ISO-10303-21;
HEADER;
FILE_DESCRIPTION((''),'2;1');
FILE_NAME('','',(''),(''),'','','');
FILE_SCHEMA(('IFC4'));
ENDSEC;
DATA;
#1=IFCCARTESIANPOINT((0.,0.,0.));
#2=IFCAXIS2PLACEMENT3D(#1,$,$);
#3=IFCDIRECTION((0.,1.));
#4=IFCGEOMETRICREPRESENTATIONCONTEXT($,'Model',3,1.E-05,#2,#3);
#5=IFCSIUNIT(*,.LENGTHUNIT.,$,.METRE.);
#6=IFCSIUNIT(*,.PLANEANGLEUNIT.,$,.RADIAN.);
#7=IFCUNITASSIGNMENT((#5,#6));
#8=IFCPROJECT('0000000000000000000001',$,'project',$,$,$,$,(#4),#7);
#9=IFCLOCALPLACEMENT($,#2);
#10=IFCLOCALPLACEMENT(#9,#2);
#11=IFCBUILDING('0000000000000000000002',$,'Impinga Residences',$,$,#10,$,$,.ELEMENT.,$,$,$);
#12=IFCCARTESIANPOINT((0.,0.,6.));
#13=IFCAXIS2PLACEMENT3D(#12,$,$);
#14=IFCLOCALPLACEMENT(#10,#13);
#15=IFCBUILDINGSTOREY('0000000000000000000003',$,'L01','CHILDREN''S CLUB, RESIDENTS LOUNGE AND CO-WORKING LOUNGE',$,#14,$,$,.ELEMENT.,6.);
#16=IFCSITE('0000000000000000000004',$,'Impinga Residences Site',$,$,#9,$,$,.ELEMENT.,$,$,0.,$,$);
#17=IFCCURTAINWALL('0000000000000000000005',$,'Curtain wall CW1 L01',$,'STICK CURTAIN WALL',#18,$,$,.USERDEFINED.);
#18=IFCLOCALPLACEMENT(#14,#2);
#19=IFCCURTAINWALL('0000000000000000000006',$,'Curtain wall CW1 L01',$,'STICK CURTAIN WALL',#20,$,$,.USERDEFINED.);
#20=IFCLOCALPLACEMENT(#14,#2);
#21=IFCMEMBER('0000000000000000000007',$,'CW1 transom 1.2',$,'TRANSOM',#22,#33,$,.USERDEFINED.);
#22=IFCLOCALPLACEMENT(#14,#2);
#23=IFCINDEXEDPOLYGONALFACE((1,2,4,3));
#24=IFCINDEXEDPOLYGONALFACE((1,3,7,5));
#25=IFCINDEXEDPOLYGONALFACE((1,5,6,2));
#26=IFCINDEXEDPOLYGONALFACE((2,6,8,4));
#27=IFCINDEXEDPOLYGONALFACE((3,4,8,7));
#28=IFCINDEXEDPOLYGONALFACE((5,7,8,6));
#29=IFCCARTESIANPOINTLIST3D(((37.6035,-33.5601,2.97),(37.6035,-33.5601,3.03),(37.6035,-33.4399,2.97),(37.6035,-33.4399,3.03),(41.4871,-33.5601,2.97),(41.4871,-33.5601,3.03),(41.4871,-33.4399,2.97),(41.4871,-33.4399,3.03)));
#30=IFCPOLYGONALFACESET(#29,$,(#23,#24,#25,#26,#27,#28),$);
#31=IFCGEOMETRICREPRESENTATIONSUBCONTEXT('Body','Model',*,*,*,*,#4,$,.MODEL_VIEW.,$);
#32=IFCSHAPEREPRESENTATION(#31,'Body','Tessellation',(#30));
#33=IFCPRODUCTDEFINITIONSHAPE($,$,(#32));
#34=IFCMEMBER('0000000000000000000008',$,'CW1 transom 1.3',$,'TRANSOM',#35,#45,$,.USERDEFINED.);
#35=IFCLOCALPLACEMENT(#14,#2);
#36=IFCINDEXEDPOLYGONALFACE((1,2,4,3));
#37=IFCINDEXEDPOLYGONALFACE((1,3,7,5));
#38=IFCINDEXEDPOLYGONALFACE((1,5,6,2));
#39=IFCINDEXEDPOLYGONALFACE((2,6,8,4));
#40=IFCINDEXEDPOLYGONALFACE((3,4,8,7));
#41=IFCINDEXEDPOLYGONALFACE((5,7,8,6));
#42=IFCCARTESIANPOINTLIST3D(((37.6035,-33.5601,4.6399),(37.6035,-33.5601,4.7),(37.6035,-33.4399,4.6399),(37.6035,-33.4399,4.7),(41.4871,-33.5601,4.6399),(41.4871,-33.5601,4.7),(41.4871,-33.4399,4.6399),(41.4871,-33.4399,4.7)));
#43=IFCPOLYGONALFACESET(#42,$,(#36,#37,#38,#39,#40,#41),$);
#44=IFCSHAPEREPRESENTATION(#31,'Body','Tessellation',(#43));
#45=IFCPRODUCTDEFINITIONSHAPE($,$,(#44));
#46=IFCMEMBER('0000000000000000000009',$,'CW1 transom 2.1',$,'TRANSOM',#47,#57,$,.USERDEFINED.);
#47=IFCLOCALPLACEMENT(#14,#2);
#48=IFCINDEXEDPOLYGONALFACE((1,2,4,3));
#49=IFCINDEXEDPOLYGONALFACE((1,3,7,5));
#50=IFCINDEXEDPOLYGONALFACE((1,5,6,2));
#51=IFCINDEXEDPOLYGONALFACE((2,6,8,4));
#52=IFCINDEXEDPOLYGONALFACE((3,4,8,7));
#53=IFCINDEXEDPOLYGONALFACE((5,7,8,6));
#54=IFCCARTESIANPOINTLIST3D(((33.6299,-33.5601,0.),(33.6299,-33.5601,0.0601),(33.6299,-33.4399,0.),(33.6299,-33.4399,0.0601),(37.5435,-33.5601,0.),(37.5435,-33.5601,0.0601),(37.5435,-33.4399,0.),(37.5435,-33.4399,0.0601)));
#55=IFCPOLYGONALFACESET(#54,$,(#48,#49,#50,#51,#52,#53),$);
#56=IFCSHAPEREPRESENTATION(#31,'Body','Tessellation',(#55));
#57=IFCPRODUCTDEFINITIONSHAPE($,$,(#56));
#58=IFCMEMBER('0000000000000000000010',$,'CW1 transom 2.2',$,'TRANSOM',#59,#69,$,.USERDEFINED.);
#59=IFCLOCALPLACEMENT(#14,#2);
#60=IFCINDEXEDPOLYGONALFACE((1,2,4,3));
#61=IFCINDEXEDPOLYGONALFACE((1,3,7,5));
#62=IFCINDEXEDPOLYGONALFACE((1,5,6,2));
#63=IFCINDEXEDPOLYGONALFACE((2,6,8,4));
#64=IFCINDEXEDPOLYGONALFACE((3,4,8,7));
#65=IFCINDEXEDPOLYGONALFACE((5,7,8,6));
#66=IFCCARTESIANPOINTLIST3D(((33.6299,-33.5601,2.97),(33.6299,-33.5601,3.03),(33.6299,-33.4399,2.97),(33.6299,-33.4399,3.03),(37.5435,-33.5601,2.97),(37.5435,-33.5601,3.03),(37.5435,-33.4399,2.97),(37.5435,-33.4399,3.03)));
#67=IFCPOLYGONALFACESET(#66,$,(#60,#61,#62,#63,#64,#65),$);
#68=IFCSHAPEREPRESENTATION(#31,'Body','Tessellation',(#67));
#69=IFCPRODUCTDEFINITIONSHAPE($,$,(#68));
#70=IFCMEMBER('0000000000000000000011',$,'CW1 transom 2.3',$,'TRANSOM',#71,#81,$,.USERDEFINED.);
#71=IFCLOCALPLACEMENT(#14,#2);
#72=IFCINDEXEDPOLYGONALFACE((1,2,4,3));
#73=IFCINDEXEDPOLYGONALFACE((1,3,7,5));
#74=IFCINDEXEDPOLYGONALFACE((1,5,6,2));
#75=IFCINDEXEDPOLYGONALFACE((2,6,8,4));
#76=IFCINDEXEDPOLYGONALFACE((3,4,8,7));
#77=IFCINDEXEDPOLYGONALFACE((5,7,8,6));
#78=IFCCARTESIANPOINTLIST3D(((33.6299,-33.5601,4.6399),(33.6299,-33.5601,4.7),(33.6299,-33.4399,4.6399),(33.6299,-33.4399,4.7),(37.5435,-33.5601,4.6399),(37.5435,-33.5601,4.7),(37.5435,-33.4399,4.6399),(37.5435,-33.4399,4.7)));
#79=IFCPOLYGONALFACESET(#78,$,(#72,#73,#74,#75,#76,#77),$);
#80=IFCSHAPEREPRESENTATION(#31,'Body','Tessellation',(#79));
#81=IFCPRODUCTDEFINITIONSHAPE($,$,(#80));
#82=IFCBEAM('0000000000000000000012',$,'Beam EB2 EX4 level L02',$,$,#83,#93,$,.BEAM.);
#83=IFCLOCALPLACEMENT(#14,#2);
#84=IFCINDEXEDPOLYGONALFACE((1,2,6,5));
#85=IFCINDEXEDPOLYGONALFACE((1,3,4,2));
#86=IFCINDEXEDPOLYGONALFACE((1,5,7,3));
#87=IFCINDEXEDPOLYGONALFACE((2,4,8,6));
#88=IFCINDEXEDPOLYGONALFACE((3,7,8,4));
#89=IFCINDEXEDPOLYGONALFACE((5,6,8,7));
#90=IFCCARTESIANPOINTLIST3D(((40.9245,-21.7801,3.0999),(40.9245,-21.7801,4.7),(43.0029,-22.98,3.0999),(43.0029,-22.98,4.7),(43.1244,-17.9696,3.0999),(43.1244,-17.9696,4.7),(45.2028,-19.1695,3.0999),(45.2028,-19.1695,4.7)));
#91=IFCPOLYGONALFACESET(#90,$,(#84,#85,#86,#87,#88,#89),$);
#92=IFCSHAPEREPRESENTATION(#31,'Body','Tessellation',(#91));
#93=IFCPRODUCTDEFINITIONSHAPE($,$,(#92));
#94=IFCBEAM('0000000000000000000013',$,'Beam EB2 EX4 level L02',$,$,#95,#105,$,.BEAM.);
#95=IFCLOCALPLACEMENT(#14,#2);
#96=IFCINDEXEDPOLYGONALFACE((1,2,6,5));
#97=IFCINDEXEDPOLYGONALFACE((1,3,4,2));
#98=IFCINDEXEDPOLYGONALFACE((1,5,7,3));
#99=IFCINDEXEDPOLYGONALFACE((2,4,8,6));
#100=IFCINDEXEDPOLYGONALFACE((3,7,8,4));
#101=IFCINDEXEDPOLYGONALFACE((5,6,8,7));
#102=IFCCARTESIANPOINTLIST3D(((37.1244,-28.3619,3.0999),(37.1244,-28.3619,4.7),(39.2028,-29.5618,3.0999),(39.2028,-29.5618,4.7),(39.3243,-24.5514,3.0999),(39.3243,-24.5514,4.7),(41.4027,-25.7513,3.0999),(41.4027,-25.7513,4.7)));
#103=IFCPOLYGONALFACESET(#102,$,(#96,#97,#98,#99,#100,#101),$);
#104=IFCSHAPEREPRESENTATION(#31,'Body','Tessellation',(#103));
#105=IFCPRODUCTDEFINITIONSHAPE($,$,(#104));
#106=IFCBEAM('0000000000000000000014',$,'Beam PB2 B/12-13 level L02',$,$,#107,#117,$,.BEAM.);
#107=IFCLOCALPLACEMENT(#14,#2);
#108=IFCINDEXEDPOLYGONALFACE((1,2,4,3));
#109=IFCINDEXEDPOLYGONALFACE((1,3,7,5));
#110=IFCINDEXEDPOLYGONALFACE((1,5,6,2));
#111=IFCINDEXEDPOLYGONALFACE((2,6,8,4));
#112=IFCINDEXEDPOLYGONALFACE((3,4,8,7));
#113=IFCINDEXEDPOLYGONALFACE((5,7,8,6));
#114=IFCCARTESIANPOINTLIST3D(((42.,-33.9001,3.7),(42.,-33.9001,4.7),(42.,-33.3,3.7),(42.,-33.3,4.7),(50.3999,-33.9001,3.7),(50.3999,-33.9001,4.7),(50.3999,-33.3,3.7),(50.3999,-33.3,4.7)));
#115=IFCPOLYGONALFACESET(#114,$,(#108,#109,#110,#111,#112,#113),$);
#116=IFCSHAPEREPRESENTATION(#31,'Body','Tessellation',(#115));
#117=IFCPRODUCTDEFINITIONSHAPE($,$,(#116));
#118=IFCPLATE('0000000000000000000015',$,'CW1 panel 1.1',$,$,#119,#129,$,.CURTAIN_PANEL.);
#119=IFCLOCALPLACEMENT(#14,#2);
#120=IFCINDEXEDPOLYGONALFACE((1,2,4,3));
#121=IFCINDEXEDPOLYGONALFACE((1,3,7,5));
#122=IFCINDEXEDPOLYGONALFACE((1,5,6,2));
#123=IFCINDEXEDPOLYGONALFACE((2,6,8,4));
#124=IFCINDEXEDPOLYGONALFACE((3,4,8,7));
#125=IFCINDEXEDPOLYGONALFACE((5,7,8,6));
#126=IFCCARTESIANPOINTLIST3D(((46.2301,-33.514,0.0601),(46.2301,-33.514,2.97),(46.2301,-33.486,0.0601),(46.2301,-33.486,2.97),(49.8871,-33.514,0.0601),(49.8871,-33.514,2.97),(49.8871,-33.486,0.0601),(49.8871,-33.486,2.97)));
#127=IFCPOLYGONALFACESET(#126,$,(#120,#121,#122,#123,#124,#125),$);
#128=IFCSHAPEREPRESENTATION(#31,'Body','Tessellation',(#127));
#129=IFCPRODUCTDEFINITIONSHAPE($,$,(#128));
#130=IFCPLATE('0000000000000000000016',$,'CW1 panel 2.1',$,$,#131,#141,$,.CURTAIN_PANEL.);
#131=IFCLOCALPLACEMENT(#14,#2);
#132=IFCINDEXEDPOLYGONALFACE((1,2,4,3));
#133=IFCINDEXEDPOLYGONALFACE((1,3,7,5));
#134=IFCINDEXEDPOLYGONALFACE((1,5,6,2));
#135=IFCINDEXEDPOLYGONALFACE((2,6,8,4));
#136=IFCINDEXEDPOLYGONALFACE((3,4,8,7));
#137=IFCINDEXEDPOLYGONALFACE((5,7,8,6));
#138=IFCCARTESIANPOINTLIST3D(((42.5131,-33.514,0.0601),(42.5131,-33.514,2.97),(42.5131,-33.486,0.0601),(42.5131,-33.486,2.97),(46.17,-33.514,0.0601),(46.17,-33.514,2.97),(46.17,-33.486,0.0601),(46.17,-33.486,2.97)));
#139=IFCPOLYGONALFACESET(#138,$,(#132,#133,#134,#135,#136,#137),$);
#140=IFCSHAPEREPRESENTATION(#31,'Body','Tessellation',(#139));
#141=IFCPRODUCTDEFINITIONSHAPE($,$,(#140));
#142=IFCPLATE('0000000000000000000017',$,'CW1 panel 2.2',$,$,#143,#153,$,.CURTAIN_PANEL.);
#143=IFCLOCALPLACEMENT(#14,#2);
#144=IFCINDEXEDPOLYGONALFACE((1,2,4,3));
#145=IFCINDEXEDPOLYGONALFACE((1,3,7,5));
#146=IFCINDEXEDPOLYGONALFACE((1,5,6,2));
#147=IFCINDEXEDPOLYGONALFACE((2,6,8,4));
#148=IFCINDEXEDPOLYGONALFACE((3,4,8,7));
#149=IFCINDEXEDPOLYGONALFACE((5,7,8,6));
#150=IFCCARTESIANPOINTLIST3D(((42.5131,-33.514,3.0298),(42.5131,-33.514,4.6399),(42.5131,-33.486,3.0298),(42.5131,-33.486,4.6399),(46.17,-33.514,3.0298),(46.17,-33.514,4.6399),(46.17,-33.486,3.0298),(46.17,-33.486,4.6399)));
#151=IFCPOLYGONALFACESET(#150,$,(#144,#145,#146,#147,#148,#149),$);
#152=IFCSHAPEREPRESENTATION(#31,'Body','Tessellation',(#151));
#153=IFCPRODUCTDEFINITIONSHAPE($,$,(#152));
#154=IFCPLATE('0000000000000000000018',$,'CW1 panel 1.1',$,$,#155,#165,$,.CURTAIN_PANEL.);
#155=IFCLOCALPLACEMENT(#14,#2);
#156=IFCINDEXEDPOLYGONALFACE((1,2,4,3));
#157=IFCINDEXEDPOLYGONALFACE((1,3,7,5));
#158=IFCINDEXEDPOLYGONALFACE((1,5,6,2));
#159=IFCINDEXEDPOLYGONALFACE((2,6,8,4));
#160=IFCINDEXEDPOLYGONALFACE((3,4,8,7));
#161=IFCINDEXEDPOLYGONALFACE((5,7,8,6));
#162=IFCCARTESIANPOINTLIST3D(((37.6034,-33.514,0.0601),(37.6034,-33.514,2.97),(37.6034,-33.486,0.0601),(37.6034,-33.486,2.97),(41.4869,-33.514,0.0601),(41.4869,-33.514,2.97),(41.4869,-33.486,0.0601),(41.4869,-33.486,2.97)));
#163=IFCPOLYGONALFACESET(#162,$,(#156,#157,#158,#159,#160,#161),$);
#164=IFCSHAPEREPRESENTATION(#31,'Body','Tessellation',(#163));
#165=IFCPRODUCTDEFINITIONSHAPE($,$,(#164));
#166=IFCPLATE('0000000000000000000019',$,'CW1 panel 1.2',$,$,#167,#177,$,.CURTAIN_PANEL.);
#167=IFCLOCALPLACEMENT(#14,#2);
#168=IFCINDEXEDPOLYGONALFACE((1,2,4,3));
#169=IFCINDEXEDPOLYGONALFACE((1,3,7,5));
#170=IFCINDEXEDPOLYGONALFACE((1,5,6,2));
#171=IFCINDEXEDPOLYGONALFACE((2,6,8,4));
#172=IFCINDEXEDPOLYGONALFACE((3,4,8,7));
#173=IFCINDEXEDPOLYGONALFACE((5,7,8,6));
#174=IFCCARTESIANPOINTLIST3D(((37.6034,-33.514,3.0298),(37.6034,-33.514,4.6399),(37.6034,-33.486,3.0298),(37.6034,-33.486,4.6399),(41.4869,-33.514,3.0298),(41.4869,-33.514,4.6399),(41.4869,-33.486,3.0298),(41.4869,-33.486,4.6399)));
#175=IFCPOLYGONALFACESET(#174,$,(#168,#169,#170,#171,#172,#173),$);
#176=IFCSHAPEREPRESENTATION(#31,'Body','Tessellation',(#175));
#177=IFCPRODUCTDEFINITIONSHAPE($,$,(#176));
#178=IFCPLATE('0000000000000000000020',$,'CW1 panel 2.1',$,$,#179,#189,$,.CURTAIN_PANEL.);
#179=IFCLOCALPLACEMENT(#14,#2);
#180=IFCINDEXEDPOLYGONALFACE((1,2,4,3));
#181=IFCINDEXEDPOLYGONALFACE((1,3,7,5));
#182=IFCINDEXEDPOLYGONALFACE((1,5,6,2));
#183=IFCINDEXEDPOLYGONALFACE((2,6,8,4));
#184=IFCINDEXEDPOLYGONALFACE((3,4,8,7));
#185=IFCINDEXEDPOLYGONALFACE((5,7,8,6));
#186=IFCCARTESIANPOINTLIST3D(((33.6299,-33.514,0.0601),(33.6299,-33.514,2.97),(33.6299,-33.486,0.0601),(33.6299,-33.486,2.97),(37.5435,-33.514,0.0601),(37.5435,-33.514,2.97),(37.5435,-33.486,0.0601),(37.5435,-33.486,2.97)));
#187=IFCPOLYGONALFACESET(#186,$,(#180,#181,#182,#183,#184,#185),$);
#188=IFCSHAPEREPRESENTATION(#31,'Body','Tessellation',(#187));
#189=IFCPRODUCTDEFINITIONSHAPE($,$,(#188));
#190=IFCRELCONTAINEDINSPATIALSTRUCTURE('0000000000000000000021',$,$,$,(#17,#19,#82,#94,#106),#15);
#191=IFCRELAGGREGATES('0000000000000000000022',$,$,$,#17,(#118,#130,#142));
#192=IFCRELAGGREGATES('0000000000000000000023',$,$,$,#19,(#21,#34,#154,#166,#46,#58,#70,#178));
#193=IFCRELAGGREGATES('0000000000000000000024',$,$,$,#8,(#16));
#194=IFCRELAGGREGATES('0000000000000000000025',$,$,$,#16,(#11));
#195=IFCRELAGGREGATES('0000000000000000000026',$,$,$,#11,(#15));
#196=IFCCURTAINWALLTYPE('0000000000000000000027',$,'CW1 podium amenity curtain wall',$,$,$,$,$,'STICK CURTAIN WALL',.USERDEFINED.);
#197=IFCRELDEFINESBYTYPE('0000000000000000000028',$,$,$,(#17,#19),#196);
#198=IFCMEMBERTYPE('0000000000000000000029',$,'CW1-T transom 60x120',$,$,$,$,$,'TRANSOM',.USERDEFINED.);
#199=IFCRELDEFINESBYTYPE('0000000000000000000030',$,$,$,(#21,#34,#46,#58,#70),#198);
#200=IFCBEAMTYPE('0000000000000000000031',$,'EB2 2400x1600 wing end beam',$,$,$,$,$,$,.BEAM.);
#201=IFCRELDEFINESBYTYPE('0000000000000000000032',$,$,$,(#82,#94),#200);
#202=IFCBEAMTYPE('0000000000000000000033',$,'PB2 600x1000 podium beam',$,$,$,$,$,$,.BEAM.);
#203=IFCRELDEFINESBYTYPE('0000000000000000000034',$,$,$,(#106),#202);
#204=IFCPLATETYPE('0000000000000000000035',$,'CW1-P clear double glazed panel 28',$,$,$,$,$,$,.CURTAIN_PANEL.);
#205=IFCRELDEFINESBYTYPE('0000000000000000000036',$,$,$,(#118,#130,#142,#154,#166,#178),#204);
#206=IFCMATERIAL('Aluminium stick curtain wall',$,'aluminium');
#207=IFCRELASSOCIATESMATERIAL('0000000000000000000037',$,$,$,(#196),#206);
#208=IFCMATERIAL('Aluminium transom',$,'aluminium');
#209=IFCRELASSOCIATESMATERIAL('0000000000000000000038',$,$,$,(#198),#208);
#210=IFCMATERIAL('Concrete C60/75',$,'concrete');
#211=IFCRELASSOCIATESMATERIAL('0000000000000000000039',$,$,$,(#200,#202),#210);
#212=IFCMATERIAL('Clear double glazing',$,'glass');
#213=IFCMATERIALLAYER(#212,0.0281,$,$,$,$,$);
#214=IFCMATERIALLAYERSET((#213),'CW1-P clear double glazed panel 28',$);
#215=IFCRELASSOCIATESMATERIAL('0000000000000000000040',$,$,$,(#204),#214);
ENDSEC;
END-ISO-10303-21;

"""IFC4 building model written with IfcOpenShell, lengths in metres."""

from ifc_helpers import new_model, si_unit, direction, frame, origin, origin_2d, place, context, subcontext, project, spatial, rectangle, extrude, material, layer, layer_set, material_profile, profile_set, type_object, element, aggregate, save


model = new_model("IFC4")

# Units and contexts
model_context = context("Model", 3, precision=1e-05, world=origin(), true_north=direction((0.0, 1.0)))
body_context = subcontext(model_context, "Body", "Model", "MODEL_VIEW")
ifc_project = project(units=[si_unit("LENGTHUNIT", "METRE"), si_unit("PLANEANGLEUNIT", "RADIAN")], contexts=[model_context])

# Site, building, storey
site_placement = place(None, origin())
site = spatial("IfcSite", under=ifc_project, at=site_placement, Name="Impinga Residences Site", CompositionType="ELEMENT", RefElevation=0.0)
building_placement = place(site_placement, origin())
building = spatial("IfcBuilding", under=site, at=building_placement, Name="Impinga Residences", CompositionType="ELEMENT")
storey_placement = place(building_placement, frame((0.0, 0.0, 6.0)))
storey = spatial("IfcBuildingStorey", under=building, at=storey_placement, Name="L01", Description="CHILDREN'S CLUB, RESIDENTS LOUNGE AND CO-WORKING LOUNGE", CompositionType="ELEMENT", Elevation=6.0)

# Shared definitions
ifc_material_1 = material(Name="Concrete C60/75", Category="concrete")

# Curtain walls
ifc_material_2 = material(Name="Aluminium stick curtain wall", Category="aluminium")
curtain_wall_type = type_object("IfcCurtainWallType", Name="CW1 podium amenity curtain wall", ElementType="STICK CURTAIN WALL", PredefinedType="USERDEFINED", material=ifc_material_2)
curtain_wall_1_placement = place(storey_placement, origin())
curtain_wall_1 = element("IfcCurtainWall", 1, at=curtain_wall_1_placement, inside=storey, type_object=curtain_wall_type, Name="Curtain wall CW1 L01", ObjectType="STICK CURTAIN WALL", PredefinedType="USERDEFINED")
curtain_wall_2_placement = place(storey_placement, origin())
curtain_wall_2 = element("IfcCurtainWall", 2, at=curtain_wall_2_placement, inside=storey, type_object=curtain_wall_type, Name="Curtain wall CW1 L01", ObjectType="STICK CURTAIN WALL", PredefinedType="USERDEFINED")

# Members
ifc_material_3 = material(Name="Aluminium transom", Category="aluminium")
ifc_material_profile_1 = material_profile(ifc_material_3, rectangle(XDim=0.0601, YDim=0.1201, at=origin_2d()), Name="60x120 transom")
ifc_profile_set_1 = profile_set([ifc_material_profile_1], Name="Aluminium transom")
member_type_1 = type_object("IfcMemberType", Name="CW1-T transom 60x120", ElementType="TRANSOM", PredefinedType="USERDEFINED", material=ifc_profile_set_1)
member_1_placement = place(storey_placement, frame((41.4871, -33.5, 3.0), z_axis=(-1.0, 0.0, 0.0), x_axis=(0.0, 0.0, 1.0)))
member_1 = element("IfcMember", 3, at=member_1_placement, type_object=member_type_1, Name="CW1 transom 1.2", ObjectType="TRANSOM", PredefinedType="USERDEFINED", context=body_context, shape_type="SweptSolid", body=[
    extrude(rectangle(XDim=0.0601, YDim=0.1201, at=origin_2d()), origin(), (0.0, 0.0, 1.0), 3.8835),
])
member_2_placement = place(storey_placement, frame((41.4871, -33.5, 4.6699), z_axis=(-1.0, 0.0, 0.0), x_axis=(0.0, 0.0, 1.0)))
member_2 = element("IfcMember", 4, at=member_2_placement, type_object=member_type_1, Name="CW1 transom 1.3", ObjectType="TRANSOM", PredefinedType="USERDEFINED", context=body_context, shape_type="SweptSolid", body=[
    extrude(rectangle(XDim=0.0601, YDim=0.1201, at=origin_2d()), origin(), (0.0, 0.0, 1.0), 3.8835),
])
member_3_placement = place(storey_placement, frame((37.5435, -33.5, 0.03), z_axis=(-1.0, 0.0, 0.0), x_axis=(0.0, 0.0, 1.0)))
member_3 = element("IfcMember", 5, at=member_3_placement, type_object=member_type_1, Name="CW1 transom 2.1", ObjectType="TRANSOM", PredefinedType="USERDEFINED", context=body_context, shape_type="SweptSolid", body=[
    extrude(rectangle(XDim=0.0601, YDim=0.1201, at=origin_2d()), origin(), (0.0, 0.0, 1.0), 3.9136),
])
member_4_placement = place(storey_placement, frame((37.5435, -33.5, 3.0), z_axis=(-1.0, 0.0, 0.0), x_axis=(0.0, 0.0, 1.0)))
member_4 = element("IfcMember", 6, at=member_4_placement, type_object=member_type_1, Name="CW1 transom 2.2", ObjectType="TRANSOM", PredefinedType="USERDEFINED", context=body_context, shape_type="SweptSolid", body=[
    extrude(rectangle(XDim=0.0601, YDim=0.1201, at=origin_2d()), origin(), (0.0, 0.0, 1.0), 3.9136),
])
member_5_placement = place(storey_placement, frame((37.5435, -33.5, 4.6699), z_axis=(-1.0, 0.0, 0.0), x_axis=(0.0, 0.0, 1.0)))
member_5 = element("IfcMember", 7, at=member_5_placement, type_object=member_type_1, Name="CW1 transom 2.3", ObjectType="TRANSOM", PredefinedType="USERDEFINED", context=body_context, shape_type="SweptSolid", body=[
    extrude(rectangle(XDim=0.0601, YDim=0.1201, at=origin_2d()), origin(), (0.0, 0.0, 1.0), 3.9136),
])

# Beams
ifc_material_profile_2 = material_profile(ifc_material_1, rectangle(XDim=2.3999, YDim=1.6001, at=origin_2d()), Name="RC 2400x1600")
ifc_profile_set_2 = profile_set([ifc_material_profile_2], Name="Concrete C60/75")
beam_type_1 = type_object("IfcBeamType", Name="EB2 2400x1600 wing end beam", PredefinedType="BEAM", material=ifc_profile_set_2)
for number, where, z_axis, x_axis, name in (
    (8, (44.1636, -18.5696, 3.8999), (-0.499988, -0.866032, 0.0), (0.866032, -0.499988, 0.0), "Beam EB2 EX4 level L02"),
    (9, (40.3635, -25.1514, 3.8999), (-0.499988, -0.866032, 0.0), (0.866032, -0.499988, 0.0), "Beam EB2 EX4 level L02"),
):
    element("IfcBeam", number, at=place(storey_placement, frame(where, z_axis=z_axis, x_axis=x_axis)), inside=storey, type_object=beam_type_1, Name=name, PredefinedType="BEAM", context=body_context, shape_type="SweptSolid", body=[
        extrude(rectangle(XDim=2.3999, YDim=1.6001, at=origin_2d()), origin(), (0.0, 0.0, 1.0), 4.3999),
    ])
ifc_material_profile_3 = material_profile(ifc_material_1, rectangle(XDim=0.6001, YDim=1.0, at=origin_2d()), Name="RC 600x1000")
ifc_profile_set_3 = profile_set([ifc_material_profile_3], Name="Concrete C60/75")
beam_type_2 = type_object("IfcBeamType", Name="PB2 600x1000 podium beam", PredefinedType="BEAM", material=ifc_profile_set_3)
beam_1_placement = place(storey_placement, frame((42.0, -33.6001, 4.2), z_axis=(1.0, 0.0, 0.0), x_axis=(0.0, 1.0, 0.0)))
element("IfcBeam", 10, at=beam_1_placement, inside=storey, type_object=beam_type_2, Name="Beam PB2 B/12-13 level L02", PredefinedType="BEAM", context=body_context, shape_type="SweptSolid", body=[
    extrude(rectangle(XDim=0.6001, YDim=1.0, at=origin_2d()), origin(), (0.0, 0.0, 1.0), 8.3999),
])

# Plates
ifc_material_4 = material(Name="Clear double glazing", Category="glass")
ifc_layer_1 = layer(ifc_material_4, 0.0281)
ifc_layer_set_1 = layer_set([ifc_layer_1], Name="CW1-P clear double glazed panel 28")
plate_type = type_object("IfcPlateType", Name="CW1-P clear double glazed panel 28", PredefinedType="CURTAIN_PANEL", material=ifc_layer_set_1)
plate_1_placement = place(storey_placement, frame((48.0586, -33.5, 0.0601), z_axis=(0.0, 0.0, 1.0), x_axis=(-1.0, 0.0, 0.0)))
plate_1 = element("IfcPlate", 11, at=plate_1_placement, type_object=plate_type, Name="CW1 panel 1.1", PredefinedType="CURTAIN_PANEL", context=body_context, shape_type="SweptSolid", body=[
    extrude(rectangle(XDim=3.657, YDim=0.0281, at=origin_2d()), origin(), (0.0, 0.0, 1.0), 2.9099),
])
plate_2_placement = place(storey_placement, frame((44.3416, -33.5, 0.0601), z_axis=(0.0, 0.0, 1.0), x_axis=(-1.0, 0.0, 0.0)))
plate_2 = element("IfcPlate", 12, at=plate_2_placement, type_object=plate_type, Name="CW1 panel 2.1", PredefinedType="CURTAIN_PANEL", context=body_context, shape_type="SweptSolid", body=[
    extrude(rectangle(XDim=3.657, YDim=0.0281, at=origin_2d()), origin(), (0.0, 0.0, 1.0), 2.9099),
])
plate_3_placement = place(storey_placement, frame((44.3416, -33.5, 3.0298), z_axis=(0.0, 0.0, 1.0), x_axis=(-1.0, 0.0, 0.0)))
plate_3 = element("IfcPlate", 13, at=plate_3_placement, type_object=plate_type, Name="CW1 panel 2.2", PredefinedType="CURTAIN_PANEL", context=body_context, shape_type="SweptSolid", body=[
    extrude(rectangle(XDim=3.657, YDim=0.0281, at=origin_2d()), origin(), (0.0, 0.0, 1.0), 1.6101),
])
aggregate(curtain_wall_1, [plate_1, plate_2, plate_3])
plate_4_placement = place(storey_placement, frame((39.5452, -33.5, 0.0601), z_axis=(0.0, 0.0, 1.0), x_axis=(-1.0, 0.0, 0.0)))
plate_4 = element("IfcPlate", 14, at=plate_4_placement, type_object=plate_type, Name="CW1 panel 1.1", PredefinedType="CURTAIN_PANEL", context=body_context, shape_type="SweptSolid", body=[
    extrude(rectangle(XDim=3.8835, YDim=0.0281, at=origin_2d()), origin(), (0.0, 0.0, 1.0), 2.9099),
])
plate_5_placement = place(storey_placement, frame((39.5452, -33.5, 3.0298), z_axis=(0.0, 0.0, 1.0), x_axis=(-1.0, 0.0, 0.0)))
plate_5 = element("IfcPlate", 15, at=plate_5_placement, type_object=plate_type, Name="CW1 panel 1.2", PredefinedType="CURTAIN_PANEL", context=body_context, shape_type="SweptSolid", body=[
    extrude(rectangle(XDim=3.8835, YDim=0.0281, at=origin_2d()), origin(), (0.0, 0.0, 1.0), 1.6101),
])
plate_6_placement = place(storey_placement, frame((35.5867, -33.5, 0.0601), z_axis=(0.0, 0.0, 1.0), x_axis=(-1.0, 0.0, 0.0)))
plate_6 = element("IfcPlate", 16, at=plate_6_placement, type_object=plate_type, Name="CW1 panel 2.1", PredefinedType="CURTAIN_PANEL", context=body_context, shape_type="SweptSolid", body=[
    extrude(rectangle(XDim=3.9136, YDim=0.0281, at=origin_2d()), origin(), (0.0, 0.0, 1.0), 2.9099),
])
aggregate(curtain_wall_2, [member_1, member_2, plate_4, plate_5, member_3, member_4, member_5, plate_6])

save(model, "model.ifc")
